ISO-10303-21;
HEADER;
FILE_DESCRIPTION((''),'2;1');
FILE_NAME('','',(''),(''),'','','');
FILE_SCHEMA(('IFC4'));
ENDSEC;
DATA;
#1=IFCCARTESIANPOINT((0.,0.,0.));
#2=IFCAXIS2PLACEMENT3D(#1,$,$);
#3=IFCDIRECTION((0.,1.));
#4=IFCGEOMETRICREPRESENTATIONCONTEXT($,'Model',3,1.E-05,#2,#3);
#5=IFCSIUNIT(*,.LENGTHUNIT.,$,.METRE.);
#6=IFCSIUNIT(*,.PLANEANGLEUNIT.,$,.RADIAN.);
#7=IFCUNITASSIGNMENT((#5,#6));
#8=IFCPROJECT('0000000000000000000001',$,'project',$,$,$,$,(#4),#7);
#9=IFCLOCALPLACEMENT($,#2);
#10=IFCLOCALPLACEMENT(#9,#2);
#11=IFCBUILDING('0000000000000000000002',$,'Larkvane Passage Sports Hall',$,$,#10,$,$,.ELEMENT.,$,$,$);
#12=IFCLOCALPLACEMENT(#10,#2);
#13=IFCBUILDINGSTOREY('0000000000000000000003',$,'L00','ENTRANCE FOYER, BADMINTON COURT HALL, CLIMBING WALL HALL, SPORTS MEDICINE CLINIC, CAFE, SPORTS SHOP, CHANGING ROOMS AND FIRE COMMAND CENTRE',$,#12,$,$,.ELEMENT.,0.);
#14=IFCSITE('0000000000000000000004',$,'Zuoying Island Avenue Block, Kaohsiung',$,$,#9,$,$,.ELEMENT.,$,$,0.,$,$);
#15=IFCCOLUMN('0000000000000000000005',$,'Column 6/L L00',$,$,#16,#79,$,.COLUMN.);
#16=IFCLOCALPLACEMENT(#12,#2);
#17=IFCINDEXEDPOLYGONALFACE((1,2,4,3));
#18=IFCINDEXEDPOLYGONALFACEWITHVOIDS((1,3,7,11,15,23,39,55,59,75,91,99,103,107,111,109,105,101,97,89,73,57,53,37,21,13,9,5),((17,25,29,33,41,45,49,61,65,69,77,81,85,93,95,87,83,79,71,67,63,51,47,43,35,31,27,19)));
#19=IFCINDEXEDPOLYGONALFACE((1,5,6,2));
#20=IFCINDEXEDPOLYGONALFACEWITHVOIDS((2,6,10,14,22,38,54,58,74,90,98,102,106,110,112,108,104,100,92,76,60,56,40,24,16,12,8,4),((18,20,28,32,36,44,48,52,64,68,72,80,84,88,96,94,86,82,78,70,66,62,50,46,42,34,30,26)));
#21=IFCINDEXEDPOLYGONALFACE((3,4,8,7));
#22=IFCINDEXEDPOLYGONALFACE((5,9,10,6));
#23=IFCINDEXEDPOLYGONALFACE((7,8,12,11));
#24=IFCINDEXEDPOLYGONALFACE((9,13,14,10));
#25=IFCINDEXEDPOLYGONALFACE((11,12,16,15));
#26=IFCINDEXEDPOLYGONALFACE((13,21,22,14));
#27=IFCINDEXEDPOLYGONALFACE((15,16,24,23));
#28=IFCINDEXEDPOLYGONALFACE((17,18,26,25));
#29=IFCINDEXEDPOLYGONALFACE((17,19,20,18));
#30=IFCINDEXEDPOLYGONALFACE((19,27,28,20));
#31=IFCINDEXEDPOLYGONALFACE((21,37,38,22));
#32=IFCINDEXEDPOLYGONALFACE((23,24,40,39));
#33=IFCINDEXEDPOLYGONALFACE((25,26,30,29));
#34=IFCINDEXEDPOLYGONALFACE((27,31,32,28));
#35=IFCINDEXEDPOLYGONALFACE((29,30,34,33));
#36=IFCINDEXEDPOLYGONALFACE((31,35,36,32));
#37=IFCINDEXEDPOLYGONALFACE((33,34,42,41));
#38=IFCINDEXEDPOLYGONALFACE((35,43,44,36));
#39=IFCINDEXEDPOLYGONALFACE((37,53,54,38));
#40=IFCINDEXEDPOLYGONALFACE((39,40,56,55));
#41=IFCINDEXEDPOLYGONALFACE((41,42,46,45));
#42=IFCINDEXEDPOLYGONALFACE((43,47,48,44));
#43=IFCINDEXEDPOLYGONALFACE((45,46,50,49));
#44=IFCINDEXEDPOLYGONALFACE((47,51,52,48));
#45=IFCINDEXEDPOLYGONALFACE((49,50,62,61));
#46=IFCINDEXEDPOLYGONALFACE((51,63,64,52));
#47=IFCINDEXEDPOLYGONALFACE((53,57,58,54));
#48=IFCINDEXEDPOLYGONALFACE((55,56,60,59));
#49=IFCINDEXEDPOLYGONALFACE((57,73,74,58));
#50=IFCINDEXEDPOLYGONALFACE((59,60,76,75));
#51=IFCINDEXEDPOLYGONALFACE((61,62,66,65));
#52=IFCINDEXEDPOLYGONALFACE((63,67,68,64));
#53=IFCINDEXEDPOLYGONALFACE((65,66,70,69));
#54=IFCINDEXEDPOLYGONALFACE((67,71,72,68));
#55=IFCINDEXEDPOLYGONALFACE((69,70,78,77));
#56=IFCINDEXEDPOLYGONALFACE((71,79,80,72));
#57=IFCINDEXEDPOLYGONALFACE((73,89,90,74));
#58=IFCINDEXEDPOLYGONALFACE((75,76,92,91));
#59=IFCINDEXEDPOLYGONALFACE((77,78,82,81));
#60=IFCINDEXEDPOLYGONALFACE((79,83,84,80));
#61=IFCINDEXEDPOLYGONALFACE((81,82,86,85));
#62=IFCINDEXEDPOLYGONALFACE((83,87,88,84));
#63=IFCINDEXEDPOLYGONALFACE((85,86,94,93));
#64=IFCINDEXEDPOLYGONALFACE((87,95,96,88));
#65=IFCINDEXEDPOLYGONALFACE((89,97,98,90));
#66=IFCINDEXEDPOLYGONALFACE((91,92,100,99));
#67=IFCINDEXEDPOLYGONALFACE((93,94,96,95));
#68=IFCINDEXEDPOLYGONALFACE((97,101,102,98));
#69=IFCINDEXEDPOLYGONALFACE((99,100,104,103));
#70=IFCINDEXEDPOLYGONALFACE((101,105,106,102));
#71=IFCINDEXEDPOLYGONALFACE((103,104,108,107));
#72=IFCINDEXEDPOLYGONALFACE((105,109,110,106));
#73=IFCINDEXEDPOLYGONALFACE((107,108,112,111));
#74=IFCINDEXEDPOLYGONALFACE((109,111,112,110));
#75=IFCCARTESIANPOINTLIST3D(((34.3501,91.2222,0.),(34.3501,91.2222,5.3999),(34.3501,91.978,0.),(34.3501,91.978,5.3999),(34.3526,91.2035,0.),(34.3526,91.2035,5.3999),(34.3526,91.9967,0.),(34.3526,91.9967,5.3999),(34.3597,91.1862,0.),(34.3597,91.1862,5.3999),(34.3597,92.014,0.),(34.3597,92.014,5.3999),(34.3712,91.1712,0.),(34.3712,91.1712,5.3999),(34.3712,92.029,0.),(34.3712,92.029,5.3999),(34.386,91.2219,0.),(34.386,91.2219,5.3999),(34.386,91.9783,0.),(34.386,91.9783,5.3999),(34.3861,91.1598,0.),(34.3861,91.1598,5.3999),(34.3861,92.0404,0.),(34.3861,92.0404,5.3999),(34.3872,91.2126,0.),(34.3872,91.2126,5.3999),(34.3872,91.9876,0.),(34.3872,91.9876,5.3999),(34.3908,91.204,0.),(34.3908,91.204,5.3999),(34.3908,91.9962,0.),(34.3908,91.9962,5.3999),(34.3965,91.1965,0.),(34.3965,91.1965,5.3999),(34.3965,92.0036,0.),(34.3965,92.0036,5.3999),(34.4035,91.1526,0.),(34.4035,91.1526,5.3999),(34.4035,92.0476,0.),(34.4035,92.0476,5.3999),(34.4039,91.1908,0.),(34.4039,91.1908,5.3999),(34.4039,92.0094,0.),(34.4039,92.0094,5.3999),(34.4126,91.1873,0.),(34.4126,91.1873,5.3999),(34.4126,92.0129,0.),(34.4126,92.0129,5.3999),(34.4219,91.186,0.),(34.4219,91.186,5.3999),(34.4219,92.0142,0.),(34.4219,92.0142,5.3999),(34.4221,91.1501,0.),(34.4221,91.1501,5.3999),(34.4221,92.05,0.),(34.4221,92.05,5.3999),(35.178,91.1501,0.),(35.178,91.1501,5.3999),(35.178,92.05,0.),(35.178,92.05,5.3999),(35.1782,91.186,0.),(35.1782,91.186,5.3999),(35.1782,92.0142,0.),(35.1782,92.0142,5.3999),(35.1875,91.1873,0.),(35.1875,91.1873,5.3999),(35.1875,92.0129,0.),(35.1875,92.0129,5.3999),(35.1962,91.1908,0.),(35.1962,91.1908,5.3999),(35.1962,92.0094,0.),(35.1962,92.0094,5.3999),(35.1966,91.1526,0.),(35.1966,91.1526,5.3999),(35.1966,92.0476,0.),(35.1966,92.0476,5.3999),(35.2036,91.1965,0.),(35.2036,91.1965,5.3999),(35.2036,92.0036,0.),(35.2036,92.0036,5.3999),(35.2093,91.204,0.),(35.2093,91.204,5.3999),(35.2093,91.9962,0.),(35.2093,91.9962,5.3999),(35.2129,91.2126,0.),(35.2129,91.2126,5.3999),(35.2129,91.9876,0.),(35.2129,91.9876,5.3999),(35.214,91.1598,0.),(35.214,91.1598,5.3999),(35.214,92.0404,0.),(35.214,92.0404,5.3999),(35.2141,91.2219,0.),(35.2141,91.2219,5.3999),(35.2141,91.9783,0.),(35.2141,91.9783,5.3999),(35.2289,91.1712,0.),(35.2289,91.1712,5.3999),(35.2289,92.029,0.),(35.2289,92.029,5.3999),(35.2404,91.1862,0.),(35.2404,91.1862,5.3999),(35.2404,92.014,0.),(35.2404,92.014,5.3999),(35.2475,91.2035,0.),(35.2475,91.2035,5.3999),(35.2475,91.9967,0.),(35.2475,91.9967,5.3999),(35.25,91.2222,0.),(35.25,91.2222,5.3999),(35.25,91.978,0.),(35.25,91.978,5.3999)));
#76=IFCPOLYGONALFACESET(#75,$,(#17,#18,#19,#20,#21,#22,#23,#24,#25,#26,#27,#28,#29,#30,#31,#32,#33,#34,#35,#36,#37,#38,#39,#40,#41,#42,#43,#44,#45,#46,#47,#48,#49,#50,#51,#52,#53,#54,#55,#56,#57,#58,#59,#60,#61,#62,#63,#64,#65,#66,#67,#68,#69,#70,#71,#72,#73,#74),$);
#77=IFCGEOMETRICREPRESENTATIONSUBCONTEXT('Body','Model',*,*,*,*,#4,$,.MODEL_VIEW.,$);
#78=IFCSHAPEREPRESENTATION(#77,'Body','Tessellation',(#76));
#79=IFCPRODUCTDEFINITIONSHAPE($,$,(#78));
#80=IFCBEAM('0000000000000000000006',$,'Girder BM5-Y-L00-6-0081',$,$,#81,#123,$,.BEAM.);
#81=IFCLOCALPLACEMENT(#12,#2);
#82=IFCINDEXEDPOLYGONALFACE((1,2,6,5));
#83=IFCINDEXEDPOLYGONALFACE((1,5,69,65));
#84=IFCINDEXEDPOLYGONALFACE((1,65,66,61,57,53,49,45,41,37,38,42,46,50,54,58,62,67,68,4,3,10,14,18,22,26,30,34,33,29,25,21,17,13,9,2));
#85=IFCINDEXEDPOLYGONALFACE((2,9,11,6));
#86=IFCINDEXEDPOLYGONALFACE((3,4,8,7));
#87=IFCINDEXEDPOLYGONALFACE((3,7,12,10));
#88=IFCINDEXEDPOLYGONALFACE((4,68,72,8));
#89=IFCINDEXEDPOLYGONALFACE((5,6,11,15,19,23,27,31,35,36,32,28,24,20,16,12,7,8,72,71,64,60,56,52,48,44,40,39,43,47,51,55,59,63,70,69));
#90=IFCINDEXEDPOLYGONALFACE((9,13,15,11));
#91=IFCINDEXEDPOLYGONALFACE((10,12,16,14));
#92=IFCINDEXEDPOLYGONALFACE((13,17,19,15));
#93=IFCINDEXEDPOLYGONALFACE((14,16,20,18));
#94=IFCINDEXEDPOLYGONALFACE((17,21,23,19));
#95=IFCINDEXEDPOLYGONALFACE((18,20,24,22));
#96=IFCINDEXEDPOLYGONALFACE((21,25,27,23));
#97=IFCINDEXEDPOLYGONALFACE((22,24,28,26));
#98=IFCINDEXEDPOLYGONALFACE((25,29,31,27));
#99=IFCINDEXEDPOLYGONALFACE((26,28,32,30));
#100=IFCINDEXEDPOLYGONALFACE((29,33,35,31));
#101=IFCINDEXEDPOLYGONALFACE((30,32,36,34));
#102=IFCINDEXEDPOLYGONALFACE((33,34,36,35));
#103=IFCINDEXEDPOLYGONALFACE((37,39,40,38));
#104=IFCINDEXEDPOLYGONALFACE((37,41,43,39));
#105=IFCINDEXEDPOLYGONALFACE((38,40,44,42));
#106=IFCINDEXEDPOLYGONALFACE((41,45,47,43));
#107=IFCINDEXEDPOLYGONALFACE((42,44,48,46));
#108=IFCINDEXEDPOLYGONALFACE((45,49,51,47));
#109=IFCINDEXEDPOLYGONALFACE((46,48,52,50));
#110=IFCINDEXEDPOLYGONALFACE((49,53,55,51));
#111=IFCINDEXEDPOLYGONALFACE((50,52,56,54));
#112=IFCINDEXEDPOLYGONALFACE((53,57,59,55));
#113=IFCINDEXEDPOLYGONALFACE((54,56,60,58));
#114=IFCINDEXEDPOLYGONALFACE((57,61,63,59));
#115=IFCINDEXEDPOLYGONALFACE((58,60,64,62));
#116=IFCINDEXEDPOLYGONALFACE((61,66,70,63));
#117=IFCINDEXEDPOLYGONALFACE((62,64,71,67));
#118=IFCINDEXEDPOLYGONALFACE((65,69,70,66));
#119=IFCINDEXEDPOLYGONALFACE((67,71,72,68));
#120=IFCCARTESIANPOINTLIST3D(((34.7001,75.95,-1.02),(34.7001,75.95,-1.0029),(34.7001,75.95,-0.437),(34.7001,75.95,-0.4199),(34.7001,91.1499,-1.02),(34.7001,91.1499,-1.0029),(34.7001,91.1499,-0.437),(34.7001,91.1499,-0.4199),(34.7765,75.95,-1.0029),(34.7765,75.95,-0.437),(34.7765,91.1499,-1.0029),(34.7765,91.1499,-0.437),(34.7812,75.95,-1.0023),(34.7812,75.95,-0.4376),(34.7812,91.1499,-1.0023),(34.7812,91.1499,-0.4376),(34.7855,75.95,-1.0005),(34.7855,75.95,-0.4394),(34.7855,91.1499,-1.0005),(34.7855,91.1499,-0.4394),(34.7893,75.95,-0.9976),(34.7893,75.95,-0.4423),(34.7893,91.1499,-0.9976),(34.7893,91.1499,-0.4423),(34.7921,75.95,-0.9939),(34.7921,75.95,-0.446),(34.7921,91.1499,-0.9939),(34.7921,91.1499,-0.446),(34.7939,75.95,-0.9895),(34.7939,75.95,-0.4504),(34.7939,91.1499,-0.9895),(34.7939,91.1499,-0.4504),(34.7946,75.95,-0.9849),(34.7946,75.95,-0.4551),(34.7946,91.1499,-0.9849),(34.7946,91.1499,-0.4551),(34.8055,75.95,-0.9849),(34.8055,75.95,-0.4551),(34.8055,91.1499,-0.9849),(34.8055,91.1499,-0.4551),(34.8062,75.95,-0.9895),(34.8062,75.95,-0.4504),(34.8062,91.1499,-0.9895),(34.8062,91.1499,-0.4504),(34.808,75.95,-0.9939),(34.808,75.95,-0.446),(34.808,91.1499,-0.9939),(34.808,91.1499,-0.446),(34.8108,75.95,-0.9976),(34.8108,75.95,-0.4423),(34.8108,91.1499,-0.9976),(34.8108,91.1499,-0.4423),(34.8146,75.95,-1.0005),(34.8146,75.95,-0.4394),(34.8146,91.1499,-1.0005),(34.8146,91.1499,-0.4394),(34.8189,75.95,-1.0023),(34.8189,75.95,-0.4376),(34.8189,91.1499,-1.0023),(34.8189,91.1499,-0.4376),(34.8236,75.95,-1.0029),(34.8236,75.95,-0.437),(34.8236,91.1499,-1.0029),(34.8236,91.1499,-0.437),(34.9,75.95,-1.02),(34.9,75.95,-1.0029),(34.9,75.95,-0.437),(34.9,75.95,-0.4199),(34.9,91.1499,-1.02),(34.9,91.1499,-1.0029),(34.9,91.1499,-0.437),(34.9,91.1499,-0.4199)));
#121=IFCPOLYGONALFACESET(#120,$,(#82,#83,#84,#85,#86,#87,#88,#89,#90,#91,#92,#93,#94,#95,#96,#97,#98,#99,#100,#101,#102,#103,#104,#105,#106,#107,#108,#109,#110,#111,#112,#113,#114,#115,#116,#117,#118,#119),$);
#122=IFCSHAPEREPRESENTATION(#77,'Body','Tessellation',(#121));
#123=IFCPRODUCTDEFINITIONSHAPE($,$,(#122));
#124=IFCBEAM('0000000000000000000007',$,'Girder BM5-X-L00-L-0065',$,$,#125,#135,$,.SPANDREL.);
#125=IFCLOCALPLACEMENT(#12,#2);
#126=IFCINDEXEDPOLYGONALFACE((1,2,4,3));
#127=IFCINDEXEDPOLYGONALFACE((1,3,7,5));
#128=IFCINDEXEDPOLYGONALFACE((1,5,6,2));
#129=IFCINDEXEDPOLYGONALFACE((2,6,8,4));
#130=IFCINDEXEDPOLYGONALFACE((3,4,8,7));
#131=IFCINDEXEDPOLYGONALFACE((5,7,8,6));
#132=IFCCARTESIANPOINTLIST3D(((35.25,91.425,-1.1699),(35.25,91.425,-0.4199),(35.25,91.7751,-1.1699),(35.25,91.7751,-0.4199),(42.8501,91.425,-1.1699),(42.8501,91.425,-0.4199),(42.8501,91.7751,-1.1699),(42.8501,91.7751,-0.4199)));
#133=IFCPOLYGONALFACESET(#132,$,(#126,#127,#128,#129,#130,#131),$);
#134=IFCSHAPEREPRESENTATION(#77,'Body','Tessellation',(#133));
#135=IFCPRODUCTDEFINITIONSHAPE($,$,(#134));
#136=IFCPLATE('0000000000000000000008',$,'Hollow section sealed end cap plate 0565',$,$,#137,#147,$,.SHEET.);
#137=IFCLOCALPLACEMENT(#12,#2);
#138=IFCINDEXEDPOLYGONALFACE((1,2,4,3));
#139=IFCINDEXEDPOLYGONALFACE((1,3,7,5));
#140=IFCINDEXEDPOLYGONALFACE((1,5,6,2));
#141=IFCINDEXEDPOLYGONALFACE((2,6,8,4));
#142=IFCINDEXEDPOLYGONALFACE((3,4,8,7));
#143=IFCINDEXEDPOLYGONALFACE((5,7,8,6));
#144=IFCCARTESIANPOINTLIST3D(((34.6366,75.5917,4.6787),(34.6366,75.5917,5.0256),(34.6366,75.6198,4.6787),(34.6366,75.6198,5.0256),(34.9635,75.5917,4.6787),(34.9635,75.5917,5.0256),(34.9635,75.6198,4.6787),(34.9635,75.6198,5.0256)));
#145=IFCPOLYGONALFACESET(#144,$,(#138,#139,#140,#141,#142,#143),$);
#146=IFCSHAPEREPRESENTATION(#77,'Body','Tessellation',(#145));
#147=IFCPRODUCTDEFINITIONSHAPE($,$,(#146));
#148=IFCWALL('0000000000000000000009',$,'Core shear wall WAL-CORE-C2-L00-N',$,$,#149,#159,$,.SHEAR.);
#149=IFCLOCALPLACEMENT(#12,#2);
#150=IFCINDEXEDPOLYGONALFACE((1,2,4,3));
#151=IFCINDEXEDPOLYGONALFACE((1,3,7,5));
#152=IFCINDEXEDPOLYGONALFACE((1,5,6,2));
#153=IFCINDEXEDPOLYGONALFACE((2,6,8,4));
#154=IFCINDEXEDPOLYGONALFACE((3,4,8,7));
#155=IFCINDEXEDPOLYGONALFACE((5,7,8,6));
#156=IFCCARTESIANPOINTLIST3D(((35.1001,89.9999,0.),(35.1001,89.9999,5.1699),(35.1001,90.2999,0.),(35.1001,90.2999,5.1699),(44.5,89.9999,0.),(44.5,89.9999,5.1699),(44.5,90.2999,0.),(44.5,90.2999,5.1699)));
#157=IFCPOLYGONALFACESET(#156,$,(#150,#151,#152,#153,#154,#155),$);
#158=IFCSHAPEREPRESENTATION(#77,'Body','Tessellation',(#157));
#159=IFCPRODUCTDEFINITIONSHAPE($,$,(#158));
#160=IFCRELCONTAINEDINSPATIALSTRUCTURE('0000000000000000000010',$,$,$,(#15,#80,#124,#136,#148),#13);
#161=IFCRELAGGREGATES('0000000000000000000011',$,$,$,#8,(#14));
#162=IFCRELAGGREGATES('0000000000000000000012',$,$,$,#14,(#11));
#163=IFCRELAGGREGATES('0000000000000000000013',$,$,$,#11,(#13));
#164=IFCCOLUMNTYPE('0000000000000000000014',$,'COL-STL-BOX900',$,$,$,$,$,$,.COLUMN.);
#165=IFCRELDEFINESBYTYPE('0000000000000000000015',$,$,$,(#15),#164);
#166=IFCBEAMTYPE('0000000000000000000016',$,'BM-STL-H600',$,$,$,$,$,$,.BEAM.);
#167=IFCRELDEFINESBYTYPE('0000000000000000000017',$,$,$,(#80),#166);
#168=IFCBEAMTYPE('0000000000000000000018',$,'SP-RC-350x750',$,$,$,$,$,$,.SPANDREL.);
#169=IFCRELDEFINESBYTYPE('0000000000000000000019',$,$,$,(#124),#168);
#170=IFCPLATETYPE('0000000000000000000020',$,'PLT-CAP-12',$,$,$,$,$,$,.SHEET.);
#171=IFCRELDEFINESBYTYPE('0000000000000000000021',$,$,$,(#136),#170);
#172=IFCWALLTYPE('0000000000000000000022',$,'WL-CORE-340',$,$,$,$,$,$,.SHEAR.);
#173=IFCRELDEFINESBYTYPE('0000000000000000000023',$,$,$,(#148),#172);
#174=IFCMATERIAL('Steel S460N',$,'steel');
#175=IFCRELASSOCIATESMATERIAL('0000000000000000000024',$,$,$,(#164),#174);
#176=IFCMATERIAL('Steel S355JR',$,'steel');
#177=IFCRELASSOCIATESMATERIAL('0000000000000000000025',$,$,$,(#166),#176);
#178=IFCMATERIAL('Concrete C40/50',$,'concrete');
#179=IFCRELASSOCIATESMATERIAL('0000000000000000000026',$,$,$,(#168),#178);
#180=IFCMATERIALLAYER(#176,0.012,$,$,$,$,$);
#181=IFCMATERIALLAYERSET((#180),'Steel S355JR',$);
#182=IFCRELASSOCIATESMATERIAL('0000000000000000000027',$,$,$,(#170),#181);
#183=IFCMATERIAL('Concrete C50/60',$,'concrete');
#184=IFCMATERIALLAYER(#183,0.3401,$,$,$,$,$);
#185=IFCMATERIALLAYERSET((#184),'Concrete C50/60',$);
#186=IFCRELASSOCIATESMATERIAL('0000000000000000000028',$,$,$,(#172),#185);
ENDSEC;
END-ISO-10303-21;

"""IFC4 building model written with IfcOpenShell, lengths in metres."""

from ifc_helpers import new_model, si_unit, direction, frame, frame_2d, origin, origin_2d, place, context, subcontext, project, spatial, rectangle, hollow_rectangle, i_section, extrude, material, layer, layer_set, material_profile, profile_set, type_object, element, save


model = new_model("IFC4")

# Units and contexts
model_context = context("Model", 3, precision=1e-05, world=origin(), true_north=direction((0.0, 1.0)))
body_context = subcontext(model_context, "Body", "Model", "MODEL_VIEW")
ifc_project = project(units=[si_unit("LENGTHUNIT", "METRE"), si_unit("PLANEANGLEUNIT", "RADIAN")], contexts=[model_context])

# Site, building, storey
site_placement = place(None, origin())
site = spatial("IfcSite", under=ifc_project, at=site_placement, Name="Zuoying Island Avenue Block, Kaohsiung", CompositionType="ELEMENT", RefElevation=0.0)
building_placement = place(site_placement, origin())
building = spatial("IfcBuilding", under=site, at=building_placement, Name="Larkvane Passage Sports Hall", CompositionType="ELEMENT")
storey_placement = place(building_placement, origin())
storey = spatial("IfcBuildingStorey", under=building, at=storey_placement, Name="L00", Description="ENTRANCE FOYER, BADMINTON COURT HALL, CLIMBING WALL HALL, SPORTS MEDICINE CLINIC, CAFE, SPORTS SHOP, CHANGING ROOMS AND FIRE COMMAND CENTRE", CompositionType="ELEMENT", Elevation=0.0)

# Column
ifc_material_1 = material(Name="Steel S460N", Category="steel")
ifc_material_profile_1 = material_profile(ifc_material_1, hollow_rectangle(XDim=0.8999, YDim=0.8999, WallThickness=0.0359, InnerFilletRadius=0.0359, OuterFilletRadius=0.072, at=origin_2d()), Name="BOX-900x900x36")
ifc_profile_set_1 = profile_set([ifc_material_profile_1], Name="Steel S460N")
column_type = type_object("IfcColumnType", Name="COL-STL-BOX900", PredefinedType="COLUMN", material=ifc_profile_set_1)
column_placement = place(storey_placement, frame((34.8, 91.6001, 0.0), z_axis=(0.0, 0.0, 1.0), x_axis=(1.0, 0.0, 0.0)))
element("IfcColumn", 1, at=column_placement, inside=storey, type_object=column_type, Name="Column 6/L L00", PredefinedType="COLUMN", context=body_context, shape_type="SweptSolid", body=[
    extrude(hollow_rectangle(XDim=0.8999, YDim=0.8999, WallThickness=0.0359, InnerFilletRadius=0.0359, OuterFilletRadius=0.072, at=origin_2d()), origin(), (0.0, 0.0, 1.0), 5.3999),
])

# Beams
ifc_material_2 = material(Name="Steel S355JR", Category="steel")
ifc_material_profile_2 = material_profile(ifc_material_2, i_section(OverallWidth=0.2, OverallDepth=0.6001, WebThickness=0.011, FlangeThickness=0.0171, FilletRadius=0.0181, at=origin_2d()), Name="H-600x200x11x17")
ifc_profile_set_2 = profile_set([ifc_material_profile_2], Name="Steel S355JR")
beam_type_1 = type_object("IfcBeamType", Name="BM-STL-H600", PredefinedType="BEAM", material=ifc_profile_set_2)
beam_1_placement = place(storey_placement, frame((34.8, 75.95, -0.72), z_axis=(0.0, 1.0, 0.0), x_axis=(-1.0, 0.0, 0.0)))
element("IfcBeam", 2, at=beam_1_placement, inside=storey, type_object=beam_type_1, Name="Girder BM5-Y-L00-6-0081", PredefinedType="BEAM", context=body_context, shape_type="SweptSolid", body=[
    extrude(i_section(OverallWidth=0.2, OverallDepth=0.6001, WebThickness=0.011, FlangeThickness=0.0171, FilletRadius=0.0181, at=origin_2d()), origin(), (0.0, 0.0, 1.0), 15.2),
])
ifc_material_3 = material(Name="Concrete C40/50", Category="concrete")
ifc_material_profile_3 = material_profile(ifc_material_3, rectangle(XDim=0.3501, YDim=0.75, at=origin_2d()), Name="RC-SP-350x750")
ifc_profile_set_3 = profile_set([ifc_material_profile_3], Name="Concrete C40/50")
beam_type_2 = type_object("IfcBeamType", Name="SP-RC-350x750", PredefinedType="SPANDREL", material=ifc_profile_set_3)
beam_2_placement = place(storey_placement, frame((35.25, 91.6001, -0.7949), z_axis=(1.0, 0.0, 0.0), x_axis=(0.0, 1.0, 0.0)))
element("IfcBeam", 3, at=beam_2_placement, inside=storey, type_object=beam_type_2, Name="Girder BM5-X-L00-L-0065", PredefinedType="SPANDREL", context=body_context, shape_type="SweptSolid", body=[
    extrude(rectangle(XDim=0.3501, YDim=0.75, at=origin_2d()), origin(), (0.0, 0.0, 1.0), 7.6001),
])

# Plate
ifc_layer_1 = layer(ifc_material_2, 0.012)
ifc_layer_set_1 = layer_set([ifc_layer_1], Name="Steel S355JR")
plate_type = type_object("IfcPlateType", Name="PLT-CAP-12", PredefinedType="SHEET", material=ifc_layer_set_1)
plate_placement = place(storey_placement, frame((34.8, 75.6057, 4.6787), z_axis=(0.0, 0.0, 1.0), x_axis=(-1.0, 0.0, 0.0)))
element("IfcPlate", 4, at=plate_placement, inside=storey, type_object=plate_type, Name="Hollow section sealed end cap plate 0565", PredefinedType="SHEET", context=body_context, shape_type="SweptSolid", body=[
    extrude(rectangle(XDim=0.3269, YDim=0.0281, at=origin_2d()), origin(), (0.0, 0.0, 1.0), 0.3469),
])

# Wall
ifc_material_4 = material(Name="Concrete C50/60", Category="concrete")
ifc_layer_2 = layer(ifc_material_4, 0.3401)
ifc_layer_set_2 = layer_set([ifc_layer_2], Name="Concrete C50/60")
wall_type_1 = type_object("IfcWallType", Name="WL-CORE-340", PredefinedType="SHEAR", material=ifc_layer_set_2)
wall_1_placement = place(storey_placement, frame((35.1001, 90.1499, 0.0), z_axis=(0.0, 0.0, 1.0), x_axis=(1.0, 0.0, 0.0)))
element("IfcWall", 5, at=wall_1_placement, inside=storey, type_object=wall_type_1, Name="Core shear wall WAL-CORE-C2-L00-N", PredefinedType="SHEAR", context=body_context, shape_type="SweptSolid", body=[
    extrude(rectangle(XDim=9.3999, YDim=0.3, at=frame_2d((4.7, 0.0))), origin(), (0.0, 0.0, 1.0), 5.1699),
])

save(model, "model.ifc")
